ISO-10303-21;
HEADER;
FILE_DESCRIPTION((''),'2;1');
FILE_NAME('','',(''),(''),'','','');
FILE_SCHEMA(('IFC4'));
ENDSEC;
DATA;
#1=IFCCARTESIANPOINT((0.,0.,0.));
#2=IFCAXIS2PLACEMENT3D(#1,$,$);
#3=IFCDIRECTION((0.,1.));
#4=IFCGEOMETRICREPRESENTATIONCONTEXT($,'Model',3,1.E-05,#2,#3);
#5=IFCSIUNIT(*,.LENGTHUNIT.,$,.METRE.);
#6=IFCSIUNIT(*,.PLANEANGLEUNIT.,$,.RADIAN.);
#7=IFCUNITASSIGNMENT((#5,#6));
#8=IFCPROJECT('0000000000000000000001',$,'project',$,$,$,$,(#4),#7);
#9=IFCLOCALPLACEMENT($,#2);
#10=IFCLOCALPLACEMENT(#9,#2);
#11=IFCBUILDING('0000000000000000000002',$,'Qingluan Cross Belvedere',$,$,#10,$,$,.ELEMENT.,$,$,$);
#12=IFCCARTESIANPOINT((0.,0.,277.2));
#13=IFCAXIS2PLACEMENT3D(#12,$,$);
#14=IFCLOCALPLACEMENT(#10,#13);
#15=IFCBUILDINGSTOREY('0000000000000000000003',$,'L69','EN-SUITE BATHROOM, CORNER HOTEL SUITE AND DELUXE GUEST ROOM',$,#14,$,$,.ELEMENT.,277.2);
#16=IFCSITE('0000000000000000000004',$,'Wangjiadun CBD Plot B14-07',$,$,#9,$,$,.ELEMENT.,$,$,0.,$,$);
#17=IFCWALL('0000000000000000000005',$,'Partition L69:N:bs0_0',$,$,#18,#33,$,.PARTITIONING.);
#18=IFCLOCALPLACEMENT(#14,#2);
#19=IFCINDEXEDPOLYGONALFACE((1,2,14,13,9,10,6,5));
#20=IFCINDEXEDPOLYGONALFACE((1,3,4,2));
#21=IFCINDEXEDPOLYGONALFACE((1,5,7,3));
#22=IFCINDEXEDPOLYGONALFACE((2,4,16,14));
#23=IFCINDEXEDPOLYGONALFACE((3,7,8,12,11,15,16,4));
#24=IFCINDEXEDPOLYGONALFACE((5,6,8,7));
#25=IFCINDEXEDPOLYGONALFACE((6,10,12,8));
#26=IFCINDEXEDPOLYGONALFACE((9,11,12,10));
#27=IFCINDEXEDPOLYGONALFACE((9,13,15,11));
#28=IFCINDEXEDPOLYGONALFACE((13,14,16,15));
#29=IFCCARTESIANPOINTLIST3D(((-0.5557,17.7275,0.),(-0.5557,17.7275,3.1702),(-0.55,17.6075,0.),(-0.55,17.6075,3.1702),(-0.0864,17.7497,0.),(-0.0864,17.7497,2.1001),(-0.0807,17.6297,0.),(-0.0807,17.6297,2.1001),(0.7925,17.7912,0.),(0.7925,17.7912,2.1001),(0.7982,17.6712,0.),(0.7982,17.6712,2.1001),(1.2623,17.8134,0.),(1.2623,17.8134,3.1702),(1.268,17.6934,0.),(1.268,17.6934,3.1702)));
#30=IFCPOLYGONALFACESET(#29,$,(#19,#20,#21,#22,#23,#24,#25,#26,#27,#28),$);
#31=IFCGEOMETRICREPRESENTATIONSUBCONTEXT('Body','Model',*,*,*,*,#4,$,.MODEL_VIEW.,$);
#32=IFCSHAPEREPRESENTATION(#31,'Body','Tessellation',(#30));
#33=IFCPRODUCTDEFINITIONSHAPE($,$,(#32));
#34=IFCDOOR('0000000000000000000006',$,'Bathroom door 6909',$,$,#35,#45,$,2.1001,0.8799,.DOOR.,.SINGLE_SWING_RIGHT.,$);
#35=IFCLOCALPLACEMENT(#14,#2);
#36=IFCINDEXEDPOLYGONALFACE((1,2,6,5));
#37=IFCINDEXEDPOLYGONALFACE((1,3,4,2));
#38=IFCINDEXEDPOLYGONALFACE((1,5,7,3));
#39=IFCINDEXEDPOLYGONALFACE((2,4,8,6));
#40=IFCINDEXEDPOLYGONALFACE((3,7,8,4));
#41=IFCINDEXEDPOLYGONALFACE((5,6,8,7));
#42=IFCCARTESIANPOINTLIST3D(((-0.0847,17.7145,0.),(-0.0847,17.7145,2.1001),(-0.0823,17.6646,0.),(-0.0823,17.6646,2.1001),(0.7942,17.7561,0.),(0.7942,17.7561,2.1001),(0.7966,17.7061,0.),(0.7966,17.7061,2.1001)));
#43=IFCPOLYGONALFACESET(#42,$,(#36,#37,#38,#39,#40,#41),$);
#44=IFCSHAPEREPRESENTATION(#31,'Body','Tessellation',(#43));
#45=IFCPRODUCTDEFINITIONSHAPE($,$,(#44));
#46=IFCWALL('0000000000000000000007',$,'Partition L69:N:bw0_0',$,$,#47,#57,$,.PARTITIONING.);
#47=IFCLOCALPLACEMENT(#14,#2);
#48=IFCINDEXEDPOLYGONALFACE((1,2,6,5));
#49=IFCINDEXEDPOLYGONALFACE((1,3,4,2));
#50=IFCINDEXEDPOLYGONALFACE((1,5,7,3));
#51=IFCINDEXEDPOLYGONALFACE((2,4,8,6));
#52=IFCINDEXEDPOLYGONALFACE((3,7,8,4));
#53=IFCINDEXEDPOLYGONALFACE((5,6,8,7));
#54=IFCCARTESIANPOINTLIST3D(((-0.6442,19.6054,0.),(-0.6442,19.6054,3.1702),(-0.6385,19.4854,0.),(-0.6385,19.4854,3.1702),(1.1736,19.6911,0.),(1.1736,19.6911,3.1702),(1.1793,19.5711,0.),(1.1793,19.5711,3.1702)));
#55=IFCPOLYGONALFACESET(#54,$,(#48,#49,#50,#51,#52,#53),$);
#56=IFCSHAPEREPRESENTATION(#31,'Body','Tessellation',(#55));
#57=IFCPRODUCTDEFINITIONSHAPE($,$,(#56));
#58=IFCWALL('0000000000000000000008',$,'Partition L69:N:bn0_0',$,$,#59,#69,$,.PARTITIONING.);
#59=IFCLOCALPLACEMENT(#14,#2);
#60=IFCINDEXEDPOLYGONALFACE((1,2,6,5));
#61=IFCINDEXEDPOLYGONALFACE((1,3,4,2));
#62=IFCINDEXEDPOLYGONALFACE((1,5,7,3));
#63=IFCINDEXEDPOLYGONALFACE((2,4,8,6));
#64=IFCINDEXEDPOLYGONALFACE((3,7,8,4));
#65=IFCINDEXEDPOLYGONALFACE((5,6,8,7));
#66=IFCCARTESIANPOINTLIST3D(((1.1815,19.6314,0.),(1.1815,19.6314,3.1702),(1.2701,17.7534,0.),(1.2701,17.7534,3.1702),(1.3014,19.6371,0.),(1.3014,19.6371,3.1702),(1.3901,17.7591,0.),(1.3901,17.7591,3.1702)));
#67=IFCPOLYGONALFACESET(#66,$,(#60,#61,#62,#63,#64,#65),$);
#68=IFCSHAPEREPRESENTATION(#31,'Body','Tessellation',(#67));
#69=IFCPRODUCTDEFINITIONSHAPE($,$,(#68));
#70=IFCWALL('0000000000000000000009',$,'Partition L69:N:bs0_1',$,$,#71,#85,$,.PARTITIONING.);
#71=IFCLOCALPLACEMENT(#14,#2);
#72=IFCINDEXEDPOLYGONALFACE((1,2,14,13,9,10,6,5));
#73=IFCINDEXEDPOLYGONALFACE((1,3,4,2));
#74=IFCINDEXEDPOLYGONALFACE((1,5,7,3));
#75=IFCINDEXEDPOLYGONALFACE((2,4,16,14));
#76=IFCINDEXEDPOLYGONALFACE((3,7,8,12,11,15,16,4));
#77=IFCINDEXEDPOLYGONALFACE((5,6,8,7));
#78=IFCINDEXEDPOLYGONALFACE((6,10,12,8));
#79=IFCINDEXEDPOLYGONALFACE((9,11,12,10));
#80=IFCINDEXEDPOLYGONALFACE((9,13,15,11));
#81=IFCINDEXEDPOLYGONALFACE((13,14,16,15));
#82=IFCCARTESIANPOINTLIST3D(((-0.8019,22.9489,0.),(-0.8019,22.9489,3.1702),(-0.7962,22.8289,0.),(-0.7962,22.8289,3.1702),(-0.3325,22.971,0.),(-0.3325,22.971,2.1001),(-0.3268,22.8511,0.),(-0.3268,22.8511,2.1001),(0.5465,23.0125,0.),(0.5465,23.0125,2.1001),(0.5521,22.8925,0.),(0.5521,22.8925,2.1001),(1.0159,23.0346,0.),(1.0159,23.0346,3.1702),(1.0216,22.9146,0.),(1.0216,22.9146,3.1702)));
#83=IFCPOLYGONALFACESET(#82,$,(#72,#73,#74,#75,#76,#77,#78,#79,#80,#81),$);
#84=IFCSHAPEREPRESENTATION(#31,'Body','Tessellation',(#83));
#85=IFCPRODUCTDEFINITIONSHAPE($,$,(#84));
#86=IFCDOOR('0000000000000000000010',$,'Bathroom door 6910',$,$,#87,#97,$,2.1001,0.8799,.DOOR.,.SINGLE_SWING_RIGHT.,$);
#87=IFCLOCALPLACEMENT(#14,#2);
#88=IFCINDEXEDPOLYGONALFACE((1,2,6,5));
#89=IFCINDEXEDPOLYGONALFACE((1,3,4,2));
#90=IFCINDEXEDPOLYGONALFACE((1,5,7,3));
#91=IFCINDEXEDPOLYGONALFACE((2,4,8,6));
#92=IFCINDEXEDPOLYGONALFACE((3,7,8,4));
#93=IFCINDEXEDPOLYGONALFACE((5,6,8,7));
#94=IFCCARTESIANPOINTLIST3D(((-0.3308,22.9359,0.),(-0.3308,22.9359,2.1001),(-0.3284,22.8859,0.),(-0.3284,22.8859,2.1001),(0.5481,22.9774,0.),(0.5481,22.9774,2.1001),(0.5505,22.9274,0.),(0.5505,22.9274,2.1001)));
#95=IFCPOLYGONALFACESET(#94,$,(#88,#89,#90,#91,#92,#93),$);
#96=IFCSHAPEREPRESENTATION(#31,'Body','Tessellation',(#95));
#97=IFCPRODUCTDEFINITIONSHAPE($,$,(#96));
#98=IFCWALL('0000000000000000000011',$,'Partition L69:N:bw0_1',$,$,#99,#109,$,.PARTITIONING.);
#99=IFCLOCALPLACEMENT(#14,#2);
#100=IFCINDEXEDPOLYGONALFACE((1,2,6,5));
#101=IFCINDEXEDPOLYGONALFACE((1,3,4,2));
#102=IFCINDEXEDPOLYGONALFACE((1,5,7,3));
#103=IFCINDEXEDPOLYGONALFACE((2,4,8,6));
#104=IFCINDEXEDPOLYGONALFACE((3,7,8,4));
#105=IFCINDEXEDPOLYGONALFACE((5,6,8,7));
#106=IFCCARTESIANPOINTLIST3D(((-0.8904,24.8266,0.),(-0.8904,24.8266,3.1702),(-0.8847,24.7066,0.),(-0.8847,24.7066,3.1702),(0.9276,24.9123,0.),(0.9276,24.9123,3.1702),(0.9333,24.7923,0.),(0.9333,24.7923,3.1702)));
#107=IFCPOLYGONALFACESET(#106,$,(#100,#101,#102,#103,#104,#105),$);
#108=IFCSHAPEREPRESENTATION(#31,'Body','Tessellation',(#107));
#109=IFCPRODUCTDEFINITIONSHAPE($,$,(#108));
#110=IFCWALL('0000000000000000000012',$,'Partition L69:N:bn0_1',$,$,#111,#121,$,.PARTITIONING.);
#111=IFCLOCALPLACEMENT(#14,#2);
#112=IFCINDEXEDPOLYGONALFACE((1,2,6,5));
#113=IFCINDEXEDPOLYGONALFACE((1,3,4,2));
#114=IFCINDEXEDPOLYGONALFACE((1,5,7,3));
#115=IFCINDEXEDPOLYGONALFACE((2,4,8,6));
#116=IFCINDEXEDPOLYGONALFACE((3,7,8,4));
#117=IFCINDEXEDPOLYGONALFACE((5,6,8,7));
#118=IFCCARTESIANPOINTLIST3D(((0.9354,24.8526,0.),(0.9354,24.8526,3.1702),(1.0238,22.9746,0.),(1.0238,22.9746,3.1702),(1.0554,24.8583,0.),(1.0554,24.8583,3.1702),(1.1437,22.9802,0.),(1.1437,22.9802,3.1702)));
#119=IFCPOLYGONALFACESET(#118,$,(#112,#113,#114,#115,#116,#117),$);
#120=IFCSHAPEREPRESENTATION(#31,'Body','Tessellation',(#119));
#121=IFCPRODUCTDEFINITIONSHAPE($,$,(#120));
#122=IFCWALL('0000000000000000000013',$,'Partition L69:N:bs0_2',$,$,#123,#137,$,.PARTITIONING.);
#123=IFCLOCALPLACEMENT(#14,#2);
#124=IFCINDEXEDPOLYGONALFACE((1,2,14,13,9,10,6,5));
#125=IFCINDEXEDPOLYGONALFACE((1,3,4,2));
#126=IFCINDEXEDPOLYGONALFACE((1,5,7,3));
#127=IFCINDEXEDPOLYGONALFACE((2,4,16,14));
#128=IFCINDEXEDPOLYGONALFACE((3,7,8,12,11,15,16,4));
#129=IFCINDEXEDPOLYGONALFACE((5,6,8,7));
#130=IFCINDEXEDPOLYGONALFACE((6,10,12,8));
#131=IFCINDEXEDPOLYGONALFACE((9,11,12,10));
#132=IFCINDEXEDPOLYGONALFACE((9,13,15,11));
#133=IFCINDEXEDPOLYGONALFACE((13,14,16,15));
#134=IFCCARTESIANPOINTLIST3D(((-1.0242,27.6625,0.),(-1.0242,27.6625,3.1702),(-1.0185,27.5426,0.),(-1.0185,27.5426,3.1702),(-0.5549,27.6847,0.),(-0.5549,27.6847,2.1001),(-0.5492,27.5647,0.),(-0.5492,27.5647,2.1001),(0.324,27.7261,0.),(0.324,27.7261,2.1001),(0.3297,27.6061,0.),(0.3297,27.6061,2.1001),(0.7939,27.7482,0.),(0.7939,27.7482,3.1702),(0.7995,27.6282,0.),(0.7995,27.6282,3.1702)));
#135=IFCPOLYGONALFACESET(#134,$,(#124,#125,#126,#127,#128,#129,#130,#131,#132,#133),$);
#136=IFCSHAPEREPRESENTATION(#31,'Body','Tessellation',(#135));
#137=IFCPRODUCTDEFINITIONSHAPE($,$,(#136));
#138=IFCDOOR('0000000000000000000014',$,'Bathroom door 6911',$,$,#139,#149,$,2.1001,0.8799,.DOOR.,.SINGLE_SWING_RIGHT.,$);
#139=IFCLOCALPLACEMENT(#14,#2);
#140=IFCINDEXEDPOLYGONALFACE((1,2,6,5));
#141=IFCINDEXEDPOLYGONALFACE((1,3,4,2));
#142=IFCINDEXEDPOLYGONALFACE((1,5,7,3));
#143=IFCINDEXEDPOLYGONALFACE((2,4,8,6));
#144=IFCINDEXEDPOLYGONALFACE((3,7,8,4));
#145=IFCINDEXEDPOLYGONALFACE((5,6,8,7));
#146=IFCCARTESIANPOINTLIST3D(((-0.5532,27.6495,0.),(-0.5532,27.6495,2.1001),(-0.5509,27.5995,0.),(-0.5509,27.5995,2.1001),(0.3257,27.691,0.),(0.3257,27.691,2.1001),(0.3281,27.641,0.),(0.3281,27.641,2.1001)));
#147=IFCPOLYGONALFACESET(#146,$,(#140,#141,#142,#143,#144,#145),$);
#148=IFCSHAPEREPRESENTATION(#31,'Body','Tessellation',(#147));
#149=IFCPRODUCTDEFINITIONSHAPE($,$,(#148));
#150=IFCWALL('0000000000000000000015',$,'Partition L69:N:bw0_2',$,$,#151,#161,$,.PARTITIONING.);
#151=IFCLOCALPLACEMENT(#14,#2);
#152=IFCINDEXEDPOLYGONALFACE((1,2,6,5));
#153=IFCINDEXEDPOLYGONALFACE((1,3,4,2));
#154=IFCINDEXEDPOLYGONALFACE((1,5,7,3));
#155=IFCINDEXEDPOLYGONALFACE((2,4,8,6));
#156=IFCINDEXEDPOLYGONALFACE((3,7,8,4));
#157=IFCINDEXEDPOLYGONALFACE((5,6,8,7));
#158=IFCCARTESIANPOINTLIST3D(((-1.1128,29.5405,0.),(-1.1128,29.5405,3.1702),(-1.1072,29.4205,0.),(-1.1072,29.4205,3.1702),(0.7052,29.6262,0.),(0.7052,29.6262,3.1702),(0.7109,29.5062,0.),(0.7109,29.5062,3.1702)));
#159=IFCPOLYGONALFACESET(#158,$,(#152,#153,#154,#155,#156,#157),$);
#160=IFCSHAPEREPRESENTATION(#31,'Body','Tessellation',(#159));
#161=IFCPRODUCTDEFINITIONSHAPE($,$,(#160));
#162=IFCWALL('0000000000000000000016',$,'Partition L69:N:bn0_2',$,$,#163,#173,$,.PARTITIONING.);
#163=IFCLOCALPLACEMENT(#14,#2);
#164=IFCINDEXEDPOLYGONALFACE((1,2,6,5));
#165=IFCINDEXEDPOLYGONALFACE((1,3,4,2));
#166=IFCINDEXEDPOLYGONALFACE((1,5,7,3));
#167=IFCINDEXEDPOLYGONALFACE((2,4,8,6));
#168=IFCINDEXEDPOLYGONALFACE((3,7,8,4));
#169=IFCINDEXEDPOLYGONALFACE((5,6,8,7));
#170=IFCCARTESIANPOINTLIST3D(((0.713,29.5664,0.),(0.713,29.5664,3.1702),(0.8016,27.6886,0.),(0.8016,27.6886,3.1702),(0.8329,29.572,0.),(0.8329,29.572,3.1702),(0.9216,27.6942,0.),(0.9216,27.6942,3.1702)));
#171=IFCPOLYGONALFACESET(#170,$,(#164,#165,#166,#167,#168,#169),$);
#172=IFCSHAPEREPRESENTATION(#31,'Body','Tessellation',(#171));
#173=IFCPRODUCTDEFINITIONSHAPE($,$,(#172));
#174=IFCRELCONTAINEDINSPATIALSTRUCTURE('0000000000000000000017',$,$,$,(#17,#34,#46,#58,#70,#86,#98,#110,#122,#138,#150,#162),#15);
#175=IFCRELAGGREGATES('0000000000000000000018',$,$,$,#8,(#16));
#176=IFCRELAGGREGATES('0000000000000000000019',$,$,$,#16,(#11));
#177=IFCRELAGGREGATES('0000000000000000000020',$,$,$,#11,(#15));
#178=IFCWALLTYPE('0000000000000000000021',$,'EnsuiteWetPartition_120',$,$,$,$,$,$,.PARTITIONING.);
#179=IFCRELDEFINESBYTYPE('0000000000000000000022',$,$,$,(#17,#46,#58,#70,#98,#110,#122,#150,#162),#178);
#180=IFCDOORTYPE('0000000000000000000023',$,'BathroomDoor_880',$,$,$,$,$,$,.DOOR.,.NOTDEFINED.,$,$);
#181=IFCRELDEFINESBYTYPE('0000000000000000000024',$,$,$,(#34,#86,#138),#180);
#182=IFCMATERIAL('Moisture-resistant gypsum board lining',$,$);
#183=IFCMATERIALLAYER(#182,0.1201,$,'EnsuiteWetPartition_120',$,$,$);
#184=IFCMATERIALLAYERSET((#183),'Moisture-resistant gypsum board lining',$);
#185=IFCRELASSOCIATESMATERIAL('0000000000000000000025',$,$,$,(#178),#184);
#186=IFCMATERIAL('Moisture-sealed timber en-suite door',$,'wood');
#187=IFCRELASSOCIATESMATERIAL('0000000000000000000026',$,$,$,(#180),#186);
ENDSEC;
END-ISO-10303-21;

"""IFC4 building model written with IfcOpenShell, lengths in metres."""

from ifc_helpers import new_model, si_unit, direction, frame, frame_2d, origin, place, context, subcontext, project, spatial, rectangle, extrude, material, layer, layer_set, type_object, element, fill, save


model = new_model("IFC4")

# Units and contexts
model_context = context("Model", 3, precision=1e-05, world=origin(), true_north=direction((0.0, 1.0)))
body_context = subcontext(model_context, "Body", "Model", "MODEL_VIEW")
ifc_project = project(units=[si_unit("LENGTHUNIT", "METRE"), si_unit("PLANEANGLEUNIT", "RADIAN")], contexts=[model_context])

# Site, building, storey
site_placement = place(None, origin())
site = spatial("IfcSite", under=ifc_project, at=site_placement, Name="Wangjiadun CBD Plot B14-07", CompositionType="ELEMENT", RefElevation=0.0)
building_placement = place(site_placement, origin())
building = spatial("IfcBuilding", under=site, at=building_placement, Name="Qingluan Cross Belvedere", CompositionType="ELEMENT")
storey_placement = place(building_placement, frame((0.0, 0.0, 277.2)))
storey = spatial("IfcBuildingStorey", under=building, at=storey_placement, Name="L69", Description="EN-SUITE BATHROOM, CORNER HOTEL SUITE AND DELUXE GUEST ROOM", CompositionType="ELEMENT", Elevation=277.2)

# Wall, opening, door
ifc_material_1 = material(Name="Moisture-resistant gypsum board lining")
ifc_layer_1 = layer(ifc_material_1, 0.1201, Name="EnsuiteWetPartition_120")
ifc_layer_set_1 = layer_set([ifc_layer_1], Name="Moisture-resistant gypsum board lining")
wall_type_1 = type_object("IfcWallType", Name="EnsuiteWetPartition_120", PredefinedType="PARTITIONING", material=ifc_layer_set_1)
wall_1_placement = place(storey_placement, frame((-0.553, 17.6675, 0.0), z_axis=(0.0, 0.0, 1.0), x_axis=(0.998885, 0.047215, 0.0)))
wall_1 = element("IfcWall", 1, at=wall_1_placement, inside=storey, type_object=wall_type_1, Name="Partition L69:N:bs0_0", PredefinedType="PARTITIONING", context=body_context, shape_type="SweptSolid", body=[
    extrude(rectangle(XDim=1.8201, YDim=0.1201, at=frame_2d((0.9102, 0.0))), origin(), (0.0, 0.0, 1.0), 3.1702),
])
opening_1_placement = place(wall_1_placement, frame((0.47, 0.0, 0.0)))
opening_1 = element("IfcOpeningElement", 2, at=opening_1_placement, cuts=wall_1, PredefinedType="OPENING", context=body_context, shape_type="SweptSolid", body=[
    extrude(rectangle(XDim=0.8799, YDim=2.1001, at=frame_2d((0.4399, 1.05))), frame((0.0, 0.0701, 0.0), z_axis=(0.0, -1.0, 0.0), x_axis=(1.0, 0.0, 0.0)), (0.0, 0.0, 1.0), 0.1401),
])
ifc_material_2 = material(Name="Moisture-sealed timber en-suite door", Category="wood")
door_type = type_object("IfcDoorType", Name="BathroomDoor_880", OperationType="NOTDEFINED", PredefinedType="DOOR", material=ifc_material_2)
door_1_placement = place(opening_1_placement, origin())
door_1 = element("IfcDoor", 3, at=door_1_placement, inside=storey, type_object=door_type, Name="Bathroom door 6909", OperationType="SINGLE_SWING_RIGHT", OverallHeight=2.1001, OverallWidth=0.8799, PredefinedType="DOOR", context=body_context, shape_type="SweptSolid", body=[
    extrude(rectangle(XDim=0.8799, YDim=2.1001, at=frame_2d((0.4399, 1.05))), frame((0.0, 0.0249, 0.0), z_axis=(0.0, -1.0, 0.0), x_axis=(1.0, 0.0, 0.0)), (0.0, 0.0, 1.0), 0.05),
])
fill(opening_1, door_1)

# Walls
wall_2_placement = place(storey_placement, frame((-0.6414, 19.5454, 0.0), z_axis=(0.0, 0.0, 1.0), x_axis=(0.998891, 0.047087, 0.0)))
element("IfcWall", 4, at=wall_2_placement, inside=storey, type_object=wall_type_1, Name="Partition L69:N:bw0_0", PredefinedType="PARTITIONING", context=body_context, shape_type="SweptSolid", body=[
    extrude(rectangle(XDim=1.8198, YDim=0.1201, at=frame_2d((0.9099, 0.0))), origin(), (0.0, 0.0, 1.0), 3.1702),
])
wall_3_placement = place(storey_placement, frame((1.3301, 17.7563, 0.0), z_axis=(0.0, 0.0, 1.0), x_axis=(-0.047139, 0.998888, 0.0)))
element("IfcWall", 5, at=wall_3_placement, inside=storey, type_object=wall_type_1, Name="Partition L69:N:bn0_0", PredefinedType="PARTITIONING", context=body_context, shape_type="SweptSolid", body=[
    extrude(rectangle(XDim=1.8801, YDim=0.1201, at=frame_2d((0.9399, 0.0))), origin(), (0.0, 0.0, 1.0), 3.1702),
])

# Wall, opening, door
wall_4_placement = place(storey_placement, frame((-0.7991, 22.8889, 0.0), z_axis=(0.0, 0.0, 1.0), x_axis=(0.998891, 0.047087, 0.0)))
wall_4 = element("IfcWall", 6, at=wall_4_placement, inside=storey, type_object=wall_type_1, Name="Partition L69:N:bs0_1", PredefinedType="PARTITIONING", context=body_context, shape_type="SweptSolid", body=[
    extrude(rectangle(XDim=1.8198, YDim=0.1201, at=frame_2d((0.9099, 0.0))), origin(), (0.0, 0.0, 1.0), 3.1702),
])
opening_2_placement = place(wall_4_placement, frame((0.47, 0.0, 0.0)))
opening_2 = element("IfcOpeningElement", 7, at=opening_2_placement, cuts=wall_4, PredefinedType="OPENING", context=body_context, shape_type="SweptSolid", body=[
    extrude(rectangle(XDim=0.8799, YDim=2.1001, at=frame_2d((0.4399, 1.05))), frame((0.0, 0.0701, 0.0), z_axis=(0.0, -1.0, 0.0), x_axis=(1.0, 0.0, 0.0)), (0.0, 0.0, 1.0), 0.1401),
])
door_2_placement = place(opening_2_placement, origin())
door_2 = element("IfcDoor", 8, at=door_2_placement, inside=storey, type_object=door_type, Name="Bathroom door 6910", OperationType="SINGLE_SWING_RIGHT", OverallHeight=2.1001, OverallWidth=0.8799, PredefinedType="DOOR", context=body_context, shape_type="SweptSolid", body=[
    extrude(rectangle(XDim=0.8799, YDim=2.1001, at=frame_2d((0.4399, 1.05))), frame((0.0, 0.0249, 0.0), z_axis=(0.0, -1.0, 0.0), x_axis=(1.0, 0.0, 0.0)), (0.0, 0.0, 1.0), 0.05),
])
fill(opening_2, door_2)

# Walls
wall_5_placement = place(storey_placement, frame((-0.8877, 24.7666, 0.0), z_axis=(0.0, 0.0, 1.0), x_axis=(0.998891, 0.047081, 0.0)))
element("IfcWall", 9, at=wall_5_placement, inside=storey, type_object=wall_type_1, Name="Partition L69:N:bw0_1", PredefinedType="PARTITIONING", context=body_context, shape_type="SweptSolid", body=[
    extrude(rectangle(XDim=1.8201, YDim=0.1201, at=frame_2d((0.9102, 0.0))), origin(), (0.0, 0.0, 1.0), 3.1702),
])
wall_6_placement = place(storey_placement, frame((1.0837, 22.9775, 0.0), z_axis=(0.0, 0.0, 1.0), x_axis=(-0.04701, 0.998894, 0.0)))
element("IfcWall", 10, at=wall_6_placement, inside=storey, type_object=wall_type_1, Name="Partition L69:N:bn0_1", PredefinedType="PARTITIONING", context=body_context, shape_type="SweptSolid", body=[
    extrude(rectangle(XDim=1.8801, YDim=0.1201, at=frame_2d((0.9399, 0.0))), origin(), (0.0, 0.0, 1.0), 3.1702),
])

# Wall, opening, door
wall_7_placement = place(storey_placement, frame((-1.0215, 27.6025, 0.0), z_axis=(0.0, 0.0, 1.0), x_axis=(0.998891, 0.047081, 0.0)))
wall_7 = element("IfcWall", 11, at=wall_7_placement, inside=storey, type_object=wall_type_1, Name="Partition L69:N:bs0_2", PredefinedType="PARTITIONING", context=body_context, shape_type="SweptSolid", body=[
    extrude(rectangle(XDim=1.8201, YDim=0.1201, at=frame_2d((0.9102, 0.0))), origin(), (0.0, 0.0, 1.0), 3.1702),
])
opening_3_placement = place(wall_7_placement, frame((0.47, 0.0, 0.0)))
opening_3 = element("IfcOpeningElement", 12, at=opening_3_placement, cuts=wall_7, PredefinedType="OPENING", context=body_context, shape_type="SweptSolid", body=[
    extrude(rectangle(XDim=0.8799, YDim=2.1001, at=frame_2d((0.4399, 1.05))), frame((0.0, 0.0701, 0.0), z_axis=(0.0, -1.0, 0.0), x_axis=(1.0, 0.0, 0.0)), (0.0, 0.0, 1.0), 0.1401),
])
door_3_placement = place(opening_3_placement, origin())
door_3 = element("IfcDoor", 13, at=door_3_placement, inside=storey, type_object=door_type, Name="Bathroom door 6911", OperationType="SINGLE_SWING_RIGHT", OverallHeight=2.1001, OverallWidth=0.8799, PredefinedType="DOOR", context=body_context, shape_type="SweptSolid", body=[
    extrude(rectangle(XDim=0.8799, YDim=2.1001, at=frame_2d((0.4399, 1.05))), frame((0.0, 0.0249, 0.0), z_axis=(0.0, -1.0, 0.0), x_axis=(1.0, 0.0, 0.0)), (0.0, 0.0, 1.0), 0.05),
])
fill(opening_3, door_3)

# Walls
wall_8_placement = place(storey_placement, frame((-1.1101, 29.4805, 0.0), z_axis=(0.0, 0.0, 1.0), x_axis=(0.998891, 0.047081, 0.0)))
element("IfcWall", 14, at=wall_8_placement, inside=storey, type_object=wall_type_1, Name="Partition L69:N:bw0_2", PredefinedType="PARTITIONING", context=body_context, shape_type="SweptSolid", body=[
    extrude(rectangle(XDim=1.8201, YDim=0.1201, at=frame_2d((0.9102, 0.0))), origin(), (0.0, 0.0, 1.0), 3.1702),
])
wall_9_placement = place(storey_placement, frame((0.8616, 27.6914, 0.0), z_axis=(0.0, 0.0, 1.0), x_axis=(-0.047146, 0.998888, 0.0)))
element("IfcWall", 15, at=wall_9_placement, inside=storey, type_object=wall_type_1, Name="Partition L69:N:bn0_2", PredefinedType="PARTITIONING", context=body_context, shape_type="SweptSolid", body=[
    extrude(rectangle(XDim=1.8799, YDim=0.1201, at=frame_2d((0.9399, 0.0))), origin(), (0.0, 0.0, 1.0), 3.1702),
])

save(model, "model.ifc")
